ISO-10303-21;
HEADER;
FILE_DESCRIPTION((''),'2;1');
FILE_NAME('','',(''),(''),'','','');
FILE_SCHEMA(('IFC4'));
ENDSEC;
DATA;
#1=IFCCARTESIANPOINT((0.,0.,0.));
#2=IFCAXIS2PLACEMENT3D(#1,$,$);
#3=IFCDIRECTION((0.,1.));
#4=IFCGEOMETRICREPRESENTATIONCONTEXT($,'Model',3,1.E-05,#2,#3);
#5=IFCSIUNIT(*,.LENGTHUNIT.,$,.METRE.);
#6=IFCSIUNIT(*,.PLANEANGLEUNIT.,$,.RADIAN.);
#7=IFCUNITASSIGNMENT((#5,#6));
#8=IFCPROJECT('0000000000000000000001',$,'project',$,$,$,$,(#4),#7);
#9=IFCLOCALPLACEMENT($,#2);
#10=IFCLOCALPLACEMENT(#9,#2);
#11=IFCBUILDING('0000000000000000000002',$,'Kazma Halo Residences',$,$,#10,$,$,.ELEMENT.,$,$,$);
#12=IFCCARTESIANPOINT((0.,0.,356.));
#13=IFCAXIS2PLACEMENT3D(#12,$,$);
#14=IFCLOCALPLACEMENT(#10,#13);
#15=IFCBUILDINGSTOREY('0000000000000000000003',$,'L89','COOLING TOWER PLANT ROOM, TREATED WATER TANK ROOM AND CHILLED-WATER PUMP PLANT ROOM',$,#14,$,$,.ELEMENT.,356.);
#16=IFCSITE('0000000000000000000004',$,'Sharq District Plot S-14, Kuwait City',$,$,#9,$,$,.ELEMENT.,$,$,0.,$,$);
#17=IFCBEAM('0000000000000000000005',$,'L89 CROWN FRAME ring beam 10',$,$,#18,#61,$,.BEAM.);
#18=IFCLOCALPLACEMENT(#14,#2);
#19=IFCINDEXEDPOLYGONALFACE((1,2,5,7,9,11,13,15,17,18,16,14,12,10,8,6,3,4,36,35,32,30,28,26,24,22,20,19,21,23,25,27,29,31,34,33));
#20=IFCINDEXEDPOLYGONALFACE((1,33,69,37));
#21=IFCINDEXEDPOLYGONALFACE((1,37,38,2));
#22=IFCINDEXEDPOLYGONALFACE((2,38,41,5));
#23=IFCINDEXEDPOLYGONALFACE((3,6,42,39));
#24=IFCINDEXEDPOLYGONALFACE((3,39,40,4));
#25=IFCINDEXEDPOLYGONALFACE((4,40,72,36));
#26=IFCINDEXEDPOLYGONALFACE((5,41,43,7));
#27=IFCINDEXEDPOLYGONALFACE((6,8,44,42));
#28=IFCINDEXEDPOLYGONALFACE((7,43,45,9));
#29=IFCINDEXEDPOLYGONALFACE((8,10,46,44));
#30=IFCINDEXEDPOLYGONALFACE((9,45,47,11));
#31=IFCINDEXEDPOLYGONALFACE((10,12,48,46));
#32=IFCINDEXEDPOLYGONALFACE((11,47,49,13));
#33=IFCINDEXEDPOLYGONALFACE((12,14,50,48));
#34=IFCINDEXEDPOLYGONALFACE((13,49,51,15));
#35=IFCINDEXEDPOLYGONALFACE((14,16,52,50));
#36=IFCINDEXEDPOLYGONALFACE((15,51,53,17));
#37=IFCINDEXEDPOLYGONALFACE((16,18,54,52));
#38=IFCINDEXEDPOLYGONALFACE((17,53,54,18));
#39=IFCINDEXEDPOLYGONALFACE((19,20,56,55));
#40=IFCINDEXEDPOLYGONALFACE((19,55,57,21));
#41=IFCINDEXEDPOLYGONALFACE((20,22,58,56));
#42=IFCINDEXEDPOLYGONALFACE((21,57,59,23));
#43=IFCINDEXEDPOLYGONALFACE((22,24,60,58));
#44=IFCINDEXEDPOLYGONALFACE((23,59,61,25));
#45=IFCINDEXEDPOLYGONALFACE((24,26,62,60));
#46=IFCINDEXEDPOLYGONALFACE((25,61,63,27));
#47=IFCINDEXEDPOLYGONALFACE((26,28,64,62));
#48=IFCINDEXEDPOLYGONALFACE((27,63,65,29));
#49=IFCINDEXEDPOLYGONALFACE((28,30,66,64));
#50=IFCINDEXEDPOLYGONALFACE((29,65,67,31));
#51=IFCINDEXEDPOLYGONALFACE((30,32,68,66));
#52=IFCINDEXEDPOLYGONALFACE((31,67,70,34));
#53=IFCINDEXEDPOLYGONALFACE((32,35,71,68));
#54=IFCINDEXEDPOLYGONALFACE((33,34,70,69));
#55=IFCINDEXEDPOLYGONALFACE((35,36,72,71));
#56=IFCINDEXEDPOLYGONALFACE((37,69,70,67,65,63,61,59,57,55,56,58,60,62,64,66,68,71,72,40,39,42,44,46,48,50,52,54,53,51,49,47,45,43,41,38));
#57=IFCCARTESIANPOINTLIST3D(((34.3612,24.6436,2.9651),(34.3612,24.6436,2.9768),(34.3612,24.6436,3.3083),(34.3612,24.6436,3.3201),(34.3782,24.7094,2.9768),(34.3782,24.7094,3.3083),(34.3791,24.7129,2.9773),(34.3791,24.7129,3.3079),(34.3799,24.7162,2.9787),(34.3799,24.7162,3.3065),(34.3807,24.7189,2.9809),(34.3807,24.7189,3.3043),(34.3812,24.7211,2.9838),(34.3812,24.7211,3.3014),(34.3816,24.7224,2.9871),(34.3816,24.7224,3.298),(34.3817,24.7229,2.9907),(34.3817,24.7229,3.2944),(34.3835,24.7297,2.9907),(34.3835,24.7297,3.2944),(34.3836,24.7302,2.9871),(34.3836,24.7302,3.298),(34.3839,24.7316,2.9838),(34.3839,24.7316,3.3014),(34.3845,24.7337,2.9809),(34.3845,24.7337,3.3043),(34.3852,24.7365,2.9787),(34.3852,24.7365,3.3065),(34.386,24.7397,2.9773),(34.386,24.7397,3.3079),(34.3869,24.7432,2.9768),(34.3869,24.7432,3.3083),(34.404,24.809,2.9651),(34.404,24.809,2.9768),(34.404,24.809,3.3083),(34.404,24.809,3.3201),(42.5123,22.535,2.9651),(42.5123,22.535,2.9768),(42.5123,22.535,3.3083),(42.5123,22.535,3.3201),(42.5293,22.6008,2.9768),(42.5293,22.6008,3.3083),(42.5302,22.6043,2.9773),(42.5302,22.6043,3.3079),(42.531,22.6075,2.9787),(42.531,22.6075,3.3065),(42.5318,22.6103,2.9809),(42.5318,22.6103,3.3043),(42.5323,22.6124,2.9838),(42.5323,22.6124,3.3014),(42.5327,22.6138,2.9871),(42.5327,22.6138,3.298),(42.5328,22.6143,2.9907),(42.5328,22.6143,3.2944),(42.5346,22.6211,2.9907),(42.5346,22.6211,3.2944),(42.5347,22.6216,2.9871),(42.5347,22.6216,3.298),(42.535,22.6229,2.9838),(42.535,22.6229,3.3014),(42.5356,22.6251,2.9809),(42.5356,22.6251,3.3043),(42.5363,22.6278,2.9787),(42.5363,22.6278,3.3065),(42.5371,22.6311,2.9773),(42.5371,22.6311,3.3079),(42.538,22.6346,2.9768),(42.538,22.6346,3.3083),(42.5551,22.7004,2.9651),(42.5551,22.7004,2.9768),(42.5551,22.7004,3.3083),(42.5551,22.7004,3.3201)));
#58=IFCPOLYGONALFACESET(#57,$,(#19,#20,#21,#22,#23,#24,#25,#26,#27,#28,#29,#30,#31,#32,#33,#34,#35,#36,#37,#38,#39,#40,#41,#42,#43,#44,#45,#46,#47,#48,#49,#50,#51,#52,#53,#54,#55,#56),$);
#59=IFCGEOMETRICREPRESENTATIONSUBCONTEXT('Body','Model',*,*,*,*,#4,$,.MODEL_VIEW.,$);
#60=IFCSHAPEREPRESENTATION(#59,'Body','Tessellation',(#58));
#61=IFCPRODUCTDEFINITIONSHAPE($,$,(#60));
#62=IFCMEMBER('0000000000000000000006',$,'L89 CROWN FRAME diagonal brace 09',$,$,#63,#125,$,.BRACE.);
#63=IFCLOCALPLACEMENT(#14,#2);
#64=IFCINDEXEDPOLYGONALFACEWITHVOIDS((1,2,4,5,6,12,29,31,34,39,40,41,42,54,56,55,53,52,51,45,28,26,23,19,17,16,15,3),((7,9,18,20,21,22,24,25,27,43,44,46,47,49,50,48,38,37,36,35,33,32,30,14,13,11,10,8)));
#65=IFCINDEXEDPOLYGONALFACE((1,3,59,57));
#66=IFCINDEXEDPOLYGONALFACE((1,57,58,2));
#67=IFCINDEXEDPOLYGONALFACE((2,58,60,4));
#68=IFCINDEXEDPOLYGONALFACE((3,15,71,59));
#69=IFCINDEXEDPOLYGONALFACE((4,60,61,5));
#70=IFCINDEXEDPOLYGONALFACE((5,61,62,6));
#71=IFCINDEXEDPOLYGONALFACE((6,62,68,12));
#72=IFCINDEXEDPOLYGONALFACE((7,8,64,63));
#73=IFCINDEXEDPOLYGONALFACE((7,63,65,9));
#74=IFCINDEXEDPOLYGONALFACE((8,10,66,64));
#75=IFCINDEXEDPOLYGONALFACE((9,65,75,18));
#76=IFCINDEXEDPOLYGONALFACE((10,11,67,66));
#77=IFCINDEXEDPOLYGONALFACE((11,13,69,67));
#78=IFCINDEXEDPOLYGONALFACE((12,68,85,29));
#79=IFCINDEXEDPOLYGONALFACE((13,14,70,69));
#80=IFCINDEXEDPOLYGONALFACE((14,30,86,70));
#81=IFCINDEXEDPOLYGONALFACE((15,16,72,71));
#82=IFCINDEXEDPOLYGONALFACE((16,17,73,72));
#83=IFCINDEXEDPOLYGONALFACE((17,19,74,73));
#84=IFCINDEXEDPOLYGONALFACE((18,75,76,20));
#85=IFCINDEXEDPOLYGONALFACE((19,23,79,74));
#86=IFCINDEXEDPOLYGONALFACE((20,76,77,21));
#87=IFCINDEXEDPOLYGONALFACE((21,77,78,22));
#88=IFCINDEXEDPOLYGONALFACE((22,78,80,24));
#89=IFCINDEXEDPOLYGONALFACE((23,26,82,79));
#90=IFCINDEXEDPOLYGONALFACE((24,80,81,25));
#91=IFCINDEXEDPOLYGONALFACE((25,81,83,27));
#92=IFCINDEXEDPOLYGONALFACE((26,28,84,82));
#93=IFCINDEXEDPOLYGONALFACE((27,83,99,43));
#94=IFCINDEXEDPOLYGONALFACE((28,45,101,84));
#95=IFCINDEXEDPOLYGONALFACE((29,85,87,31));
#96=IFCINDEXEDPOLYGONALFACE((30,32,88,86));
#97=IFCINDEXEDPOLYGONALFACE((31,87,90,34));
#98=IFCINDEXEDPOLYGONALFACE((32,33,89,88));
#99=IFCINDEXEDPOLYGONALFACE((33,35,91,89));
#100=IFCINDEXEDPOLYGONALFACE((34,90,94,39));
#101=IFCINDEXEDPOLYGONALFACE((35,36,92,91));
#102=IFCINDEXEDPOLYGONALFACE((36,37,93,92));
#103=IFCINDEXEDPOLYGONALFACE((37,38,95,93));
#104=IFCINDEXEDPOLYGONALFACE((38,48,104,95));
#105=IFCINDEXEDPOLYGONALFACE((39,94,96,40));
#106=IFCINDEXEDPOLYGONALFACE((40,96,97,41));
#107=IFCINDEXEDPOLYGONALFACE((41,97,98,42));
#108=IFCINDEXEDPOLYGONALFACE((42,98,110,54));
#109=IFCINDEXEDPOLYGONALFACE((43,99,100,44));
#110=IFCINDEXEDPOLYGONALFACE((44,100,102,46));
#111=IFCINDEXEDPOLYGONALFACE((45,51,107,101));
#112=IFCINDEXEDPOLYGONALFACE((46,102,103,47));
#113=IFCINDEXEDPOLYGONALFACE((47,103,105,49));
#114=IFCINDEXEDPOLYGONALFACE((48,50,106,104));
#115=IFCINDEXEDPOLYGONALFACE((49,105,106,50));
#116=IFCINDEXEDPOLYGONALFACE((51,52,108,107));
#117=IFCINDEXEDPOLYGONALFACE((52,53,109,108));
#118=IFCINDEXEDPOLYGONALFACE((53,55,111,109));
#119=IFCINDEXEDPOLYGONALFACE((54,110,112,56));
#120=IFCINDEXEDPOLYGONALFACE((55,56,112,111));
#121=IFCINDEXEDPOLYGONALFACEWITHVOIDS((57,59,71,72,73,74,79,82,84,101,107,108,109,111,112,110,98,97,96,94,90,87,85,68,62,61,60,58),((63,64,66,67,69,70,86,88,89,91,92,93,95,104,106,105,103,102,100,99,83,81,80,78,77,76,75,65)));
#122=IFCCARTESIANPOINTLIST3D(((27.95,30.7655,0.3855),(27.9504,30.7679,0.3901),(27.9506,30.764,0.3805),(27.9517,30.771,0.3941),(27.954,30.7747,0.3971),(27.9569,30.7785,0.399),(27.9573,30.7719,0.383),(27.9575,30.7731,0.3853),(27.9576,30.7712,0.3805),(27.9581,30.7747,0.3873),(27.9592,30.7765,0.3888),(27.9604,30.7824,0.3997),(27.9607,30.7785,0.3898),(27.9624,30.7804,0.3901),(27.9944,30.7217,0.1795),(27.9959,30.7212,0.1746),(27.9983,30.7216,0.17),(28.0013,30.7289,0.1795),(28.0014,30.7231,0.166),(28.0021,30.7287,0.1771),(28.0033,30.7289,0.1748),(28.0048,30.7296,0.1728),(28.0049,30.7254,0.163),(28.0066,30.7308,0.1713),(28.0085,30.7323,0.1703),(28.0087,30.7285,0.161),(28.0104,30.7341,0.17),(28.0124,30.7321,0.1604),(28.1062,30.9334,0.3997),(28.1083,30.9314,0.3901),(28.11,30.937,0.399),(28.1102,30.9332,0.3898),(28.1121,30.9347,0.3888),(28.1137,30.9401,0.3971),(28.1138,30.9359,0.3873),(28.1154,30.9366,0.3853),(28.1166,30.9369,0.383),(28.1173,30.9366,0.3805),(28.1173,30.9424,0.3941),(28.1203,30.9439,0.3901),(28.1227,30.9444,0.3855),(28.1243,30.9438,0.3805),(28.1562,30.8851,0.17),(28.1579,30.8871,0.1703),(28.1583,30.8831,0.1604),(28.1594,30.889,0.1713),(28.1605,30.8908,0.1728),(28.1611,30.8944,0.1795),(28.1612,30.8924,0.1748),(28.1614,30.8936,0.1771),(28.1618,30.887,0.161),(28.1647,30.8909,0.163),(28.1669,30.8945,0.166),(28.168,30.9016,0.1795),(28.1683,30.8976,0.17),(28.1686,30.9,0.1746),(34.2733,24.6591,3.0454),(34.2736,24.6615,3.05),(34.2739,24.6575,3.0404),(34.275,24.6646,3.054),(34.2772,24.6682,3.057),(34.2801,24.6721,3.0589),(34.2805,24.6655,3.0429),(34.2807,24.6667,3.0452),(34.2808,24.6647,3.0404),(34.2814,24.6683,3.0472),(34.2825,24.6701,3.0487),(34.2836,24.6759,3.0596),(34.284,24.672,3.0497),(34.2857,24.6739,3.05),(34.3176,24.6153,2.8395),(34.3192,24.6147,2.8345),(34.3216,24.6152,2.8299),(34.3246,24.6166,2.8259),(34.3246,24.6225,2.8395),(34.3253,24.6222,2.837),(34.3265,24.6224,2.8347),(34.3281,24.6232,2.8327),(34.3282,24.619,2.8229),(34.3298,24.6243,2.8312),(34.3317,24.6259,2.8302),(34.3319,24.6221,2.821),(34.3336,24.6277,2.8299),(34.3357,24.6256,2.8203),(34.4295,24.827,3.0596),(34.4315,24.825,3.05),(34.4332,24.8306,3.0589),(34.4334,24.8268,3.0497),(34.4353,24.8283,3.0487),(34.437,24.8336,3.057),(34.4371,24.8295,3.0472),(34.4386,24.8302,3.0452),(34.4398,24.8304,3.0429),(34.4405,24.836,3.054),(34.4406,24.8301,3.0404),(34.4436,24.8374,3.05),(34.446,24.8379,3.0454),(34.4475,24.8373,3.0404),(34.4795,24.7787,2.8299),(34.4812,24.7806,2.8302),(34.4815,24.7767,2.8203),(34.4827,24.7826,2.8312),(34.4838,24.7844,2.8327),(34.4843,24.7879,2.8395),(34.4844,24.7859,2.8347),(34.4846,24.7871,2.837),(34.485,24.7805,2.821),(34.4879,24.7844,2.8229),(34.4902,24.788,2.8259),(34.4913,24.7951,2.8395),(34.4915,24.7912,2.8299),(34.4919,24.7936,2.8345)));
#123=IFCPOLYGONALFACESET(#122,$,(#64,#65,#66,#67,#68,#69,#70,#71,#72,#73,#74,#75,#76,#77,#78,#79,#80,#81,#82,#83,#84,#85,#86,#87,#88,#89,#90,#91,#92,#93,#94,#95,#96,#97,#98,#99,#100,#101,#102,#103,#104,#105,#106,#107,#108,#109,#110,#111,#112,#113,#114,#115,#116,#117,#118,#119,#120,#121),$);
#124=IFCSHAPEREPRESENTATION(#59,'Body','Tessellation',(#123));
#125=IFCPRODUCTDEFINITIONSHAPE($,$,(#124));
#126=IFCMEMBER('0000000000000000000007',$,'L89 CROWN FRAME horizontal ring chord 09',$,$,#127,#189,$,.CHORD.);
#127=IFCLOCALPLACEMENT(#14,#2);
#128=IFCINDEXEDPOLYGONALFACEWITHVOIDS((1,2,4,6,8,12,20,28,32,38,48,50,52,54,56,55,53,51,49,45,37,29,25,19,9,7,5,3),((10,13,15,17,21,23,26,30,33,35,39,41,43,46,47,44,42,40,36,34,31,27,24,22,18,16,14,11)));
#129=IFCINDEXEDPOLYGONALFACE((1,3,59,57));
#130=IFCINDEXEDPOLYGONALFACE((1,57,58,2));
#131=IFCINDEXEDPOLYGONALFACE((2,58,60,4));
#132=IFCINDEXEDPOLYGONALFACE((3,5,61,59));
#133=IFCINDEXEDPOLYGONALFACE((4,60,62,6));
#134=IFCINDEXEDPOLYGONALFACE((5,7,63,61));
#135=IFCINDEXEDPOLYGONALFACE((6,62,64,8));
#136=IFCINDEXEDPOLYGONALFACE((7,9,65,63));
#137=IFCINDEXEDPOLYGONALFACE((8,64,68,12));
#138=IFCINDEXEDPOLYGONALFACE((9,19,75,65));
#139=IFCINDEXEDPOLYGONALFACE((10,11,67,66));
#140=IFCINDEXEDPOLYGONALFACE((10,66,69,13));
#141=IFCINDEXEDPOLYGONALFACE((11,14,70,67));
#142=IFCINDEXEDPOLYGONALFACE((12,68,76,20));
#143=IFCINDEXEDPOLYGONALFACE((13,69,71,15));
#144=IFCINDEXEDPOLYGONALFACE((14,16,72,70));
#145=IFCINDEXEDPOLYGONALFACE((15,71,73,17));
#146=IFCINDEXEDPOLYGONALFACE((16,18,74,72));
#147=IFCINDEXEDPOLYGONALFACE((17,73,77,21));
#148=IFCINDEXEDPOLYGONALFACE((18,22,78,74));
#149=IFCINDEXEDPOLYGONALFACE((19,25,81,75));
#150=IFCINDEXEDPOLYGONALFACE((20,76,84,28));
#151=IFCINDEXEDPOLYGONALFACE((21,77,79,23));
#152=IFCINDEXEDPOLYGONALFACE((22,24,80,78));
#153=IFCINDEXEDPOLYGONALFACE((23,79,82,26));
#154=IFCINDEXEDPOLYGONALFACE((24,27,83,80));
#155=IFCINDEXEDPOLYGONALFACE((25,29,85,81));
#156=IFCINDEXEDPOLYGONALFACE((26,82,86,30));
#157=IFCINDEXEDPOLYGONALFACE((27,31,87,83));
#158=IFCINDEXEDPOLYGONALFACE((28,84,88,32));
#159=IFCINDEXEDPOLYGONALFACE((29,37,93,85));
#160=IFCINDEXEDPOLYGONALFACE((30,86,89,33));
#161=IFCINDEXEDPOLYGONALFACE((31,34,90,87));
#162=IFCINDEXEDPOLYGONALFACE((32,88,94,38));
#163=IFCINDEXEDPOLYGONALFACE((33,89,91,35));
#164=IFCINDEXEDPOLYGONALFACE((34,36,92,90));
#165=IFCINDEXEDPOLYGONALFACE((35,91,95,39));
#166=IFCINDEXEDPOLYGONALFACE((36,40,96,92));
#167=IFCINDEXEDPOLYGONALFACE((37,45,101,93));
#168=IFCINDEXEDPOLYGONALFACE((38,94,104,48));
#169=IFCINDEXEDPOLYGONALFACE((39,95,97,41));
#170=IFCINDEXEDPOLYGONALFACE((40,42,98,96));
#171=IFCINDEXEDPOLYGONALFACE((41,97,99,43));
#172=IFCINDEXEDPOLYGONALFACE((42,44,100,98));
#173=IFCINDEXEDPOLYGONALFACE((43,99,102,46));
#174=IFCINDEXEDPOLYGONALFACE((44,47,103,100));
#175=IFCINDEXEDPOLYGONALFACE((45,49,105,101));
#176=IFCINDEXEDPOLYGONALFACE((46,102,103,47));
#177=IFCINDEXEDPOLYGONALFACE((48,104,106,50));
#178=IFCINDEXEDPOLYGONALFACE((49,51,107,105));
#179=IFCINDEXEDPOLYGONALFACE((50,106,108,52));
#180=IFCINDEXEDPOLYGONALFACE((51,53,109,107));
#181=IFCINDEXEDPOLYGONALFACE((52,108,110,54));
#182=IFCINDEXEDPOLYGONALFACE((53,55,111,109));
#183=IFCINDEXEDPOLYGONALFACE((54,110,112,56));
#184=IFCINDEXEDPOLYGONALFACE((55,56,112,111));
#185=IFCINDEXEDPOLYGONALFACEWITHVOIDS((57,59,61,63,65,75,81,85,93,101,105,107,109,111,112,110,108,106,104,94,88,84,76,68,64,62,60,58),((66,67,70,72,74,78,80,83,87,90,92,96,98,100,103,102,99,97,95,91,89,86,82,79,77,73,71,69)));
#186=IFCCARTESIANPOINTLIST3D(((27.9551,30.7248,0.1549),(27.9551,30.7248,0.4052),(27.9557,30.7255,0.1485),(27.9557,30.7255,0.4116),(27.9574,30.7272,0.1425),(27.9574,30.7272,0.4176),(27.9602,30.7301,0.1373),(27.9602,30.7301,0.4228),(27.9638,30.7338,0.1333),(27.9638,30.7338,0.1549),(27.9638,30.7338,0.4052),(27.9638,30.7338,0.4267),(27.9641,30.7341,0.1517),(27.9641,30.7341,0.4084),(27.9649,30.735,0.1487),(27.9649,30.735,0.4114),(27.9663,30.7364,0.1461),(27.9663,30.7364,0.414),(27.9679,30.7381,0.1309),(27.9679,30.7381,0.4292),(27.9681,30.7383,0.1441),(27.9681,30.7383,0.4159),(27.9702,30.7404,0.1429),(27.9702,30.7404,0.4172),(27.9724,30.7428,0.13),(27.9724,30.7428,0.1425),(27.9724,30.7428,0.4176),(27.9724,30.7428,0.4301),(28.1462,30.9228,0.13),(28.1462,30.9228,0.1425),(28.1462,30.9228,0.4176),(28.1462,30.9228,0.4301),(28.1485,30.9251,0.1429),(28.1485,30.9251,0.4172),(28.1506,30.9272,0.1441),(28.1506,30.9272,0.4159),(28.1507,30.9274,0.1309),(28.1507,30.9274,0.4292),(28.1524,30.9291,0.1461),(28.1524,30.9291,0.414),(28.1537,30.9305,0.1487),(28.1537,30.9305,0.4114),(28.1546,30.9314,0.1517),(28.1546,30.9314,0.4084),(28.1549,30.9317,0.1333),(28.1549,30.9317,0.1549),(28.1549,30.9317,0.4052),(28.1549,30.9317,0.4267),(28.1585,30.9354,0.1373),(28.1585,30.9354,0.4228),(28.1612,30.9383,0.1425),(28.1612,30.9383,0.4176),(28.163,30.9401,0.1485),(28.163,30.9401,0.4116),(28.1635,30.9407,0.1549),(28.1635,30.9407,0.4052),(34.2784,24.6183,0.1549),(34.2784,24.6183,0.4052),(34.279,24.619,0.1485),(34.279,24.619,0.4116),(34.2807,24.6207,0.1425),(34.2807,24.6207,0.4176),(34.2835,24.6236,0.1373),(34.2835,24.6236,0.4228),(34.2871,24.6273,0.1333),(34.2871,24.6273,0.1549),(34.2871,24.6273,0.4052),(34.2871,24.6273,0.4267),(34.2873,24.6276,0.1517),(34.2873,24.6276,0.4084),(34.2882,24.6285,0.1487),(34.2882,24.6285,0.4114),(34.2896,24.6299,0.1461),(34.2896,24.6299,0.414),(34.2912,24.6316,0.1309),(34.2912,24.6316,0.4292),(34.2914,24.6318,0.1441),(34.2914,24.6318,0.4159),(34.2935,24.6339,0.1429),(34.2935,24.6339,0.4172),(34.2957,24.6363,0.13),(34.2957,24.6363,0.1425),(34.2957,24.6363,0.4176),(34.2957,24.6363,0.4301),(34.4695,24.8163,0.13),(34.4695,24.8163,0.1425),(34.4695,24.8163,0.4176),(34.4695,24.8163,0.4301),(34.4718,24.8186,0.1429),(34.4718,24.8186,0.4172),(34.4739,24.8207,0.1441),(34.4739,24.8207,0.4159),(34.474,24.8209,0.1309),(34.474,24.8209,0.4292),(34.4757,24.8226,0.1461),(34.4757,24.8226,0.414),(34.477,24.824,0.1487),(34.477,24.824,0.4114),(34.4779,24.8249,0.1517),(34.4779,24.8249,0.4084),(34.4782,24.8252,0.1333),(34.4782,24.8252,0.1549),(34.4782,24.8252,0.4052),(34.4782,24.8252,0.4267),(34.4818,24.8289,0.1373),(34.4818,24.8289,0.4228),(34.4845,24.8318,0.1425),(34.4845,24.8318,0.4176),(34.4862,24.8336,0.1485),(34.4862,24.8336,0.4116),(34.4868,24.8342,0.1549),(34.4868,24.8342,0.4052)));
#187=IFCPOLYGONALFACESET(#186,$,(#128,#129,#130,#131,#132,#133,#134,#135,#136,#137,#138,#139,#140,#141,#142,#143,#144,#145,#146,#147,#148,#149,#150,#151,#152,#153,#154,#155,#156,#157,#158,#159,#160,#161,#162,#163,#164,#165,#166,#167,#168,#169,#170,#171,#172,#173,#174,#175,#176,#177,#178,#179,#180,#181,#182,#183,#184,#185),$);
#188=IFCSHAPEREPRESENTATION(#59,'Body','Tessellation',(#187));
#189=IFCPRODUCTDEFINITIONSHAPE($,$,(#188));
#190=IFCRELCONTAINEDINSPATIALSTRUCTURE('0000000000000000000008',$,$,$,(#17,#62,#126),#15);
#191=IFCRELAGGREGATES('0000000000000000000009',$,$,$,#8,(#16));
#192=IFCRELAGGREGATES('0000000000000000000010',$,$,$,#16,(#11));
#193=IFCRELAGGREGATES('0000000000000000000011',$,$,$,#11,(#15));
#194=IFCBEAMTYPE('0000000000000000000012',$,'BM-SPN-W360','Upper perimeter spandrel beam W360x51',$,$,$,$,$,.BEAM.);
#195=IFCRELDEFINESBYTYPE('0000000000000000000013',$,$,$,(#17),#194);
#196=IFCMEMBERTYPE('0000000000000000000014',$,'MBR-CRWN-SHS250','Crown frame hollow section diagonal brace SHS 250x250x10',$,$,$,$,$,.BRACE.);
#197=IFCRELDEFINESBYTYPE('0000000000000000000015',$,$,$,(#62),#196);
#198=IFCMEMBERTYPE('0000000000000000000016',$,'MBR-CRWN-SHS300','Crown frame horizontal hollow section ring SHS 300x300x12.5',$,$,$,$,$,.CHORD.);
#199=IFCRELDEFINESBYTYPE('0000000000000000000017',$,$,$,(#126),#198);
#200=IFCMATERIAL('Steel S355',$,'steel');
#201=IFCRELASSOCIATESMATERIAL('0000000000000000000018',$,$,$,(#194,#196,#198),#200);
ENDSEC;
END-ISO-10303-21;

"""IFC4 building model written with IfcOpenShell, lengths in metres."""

from ifc_helpers import new_model, si_unit, direction, frame, origin, origin_2d, place, context, subcontext, project, spatial, hollow_rectangle, i_section, extrude, material, material_profile, profile_set, type_object, element, save


model = new_model("IFC4")

# Units and contexts
model_context = context("Model", 3, precision=1e-05, world=origin(), true_north=direction((0.0, 1.0)))
body_context = subcontext(model_context, "Body", "Model", "MODEL_VIEW")
ifc_project = project(units=[si_unit("LENGTHUNIT", "METRE"), si_unit("PLANEANGLEUNIT", "RADIAN")], contexts=[model_context])

# Site, building, storey
site_placement = place(None, origin())
site = spatial("IfcSite", under=ifc_project, at=site_placement, Name="Sharq District Plot S-14, Kuwait City", CompositionType="ELEMENT", RefElevation=0.0)
building_placement = place(site_placement, origin())
building = spatial("IfcBuilding", under=site, at=building_placement, Name="Kazma Halo Residences", CompositionType="ELEMENT")
storey_placement = place(building_placement, frame((0.0, 0.0, 356.0)))
storey = spatial("IfcBuildingStorey", under=building, at=storey_placement, Name="L89", Description="COOLING TOWER PLANT ROOM, TREATED WATER TANK ROOM AND CHILLED-WATER PUMP PLANT ROOM", CompositionType="ELEMENT", Elevation=356.0)

# Shared definitions
ifc_material_1 = material(Name="Steel S355", Category="steel")

# Beam
ifc_material_profile_1 = material_profile(ifc_material_1, i_section(OverallWidth=0.1709, OverallDepth=0.355, WebThickness=0.0071, FlangeThickness=0.0117, FilletRadius=0.0139, at=origin_2d()), Name="W360x51")
ifc_profile_set_1 = profile_set([ifc_material_profile_1], Name="Steel S355")
beam_type_1 = type_object("IfcBeamType", Name="BM-SPN-W360", Description="Upper perimeter spandrel beam W360x51", PredefinedType="BEAM", material=ifc_profile_set_1)
beam_1_placement = place(storey_placement, frame((34.3826, 24.7263, 3.1426), z_axis=(0.96813, -0.250449, 0.0), x_axis=(0.250449, 0.96813, 0.0)))
element("IfcBeam", 1, at=beam_1_placement, inside=storey, type_object=beam_type_1, Name="L89 CROWN FRAME ring beam 10", PredefinedType="BEAM", context=body_context, shape_type="SweptSolid", body=[
    extrude(i_section(OverallWidth=0.1709, OverallDepth=0.355, WebThickness=0.0071, FlangeThickness=0.0117, FilletRadius=0.0139, at=origin_2d()), origin(), (0.0, 0.0, 1.0), 8.4194),
])

# Members
ifc_material_profile_2 = material_profile(ifc_material_1, hollow_rectangle(XDim=0.25, YDim=0.25, WallThickness=0.01, InnerFilletRadius=0.01, OuterFilletRadius=0.02, at=origin_2d()), Name="SHS250x250x10")
ifc_profile_set_2 = profile_set([ifc_material_profile_2], Name="Steel S355")
member_type_1 = type_object("IfcMemberType", Name="MBR-CRWN-SHS250", Description="Crown frame hollow section diagonal brace SHS 250x250x10", PredefinedType="BRACE", material=ifc_profile_set_2)
member_1_placement = place(storey_placement, frame((28.0593, 30.8328, 0.28), z_axis=(0.688501, -0.664895, 0.289622), x_axis=(0.694668, 0.719331, 0.0)))
element("IfcMember", 2, at=member_1_placement, inside=storey, type_object=member_type_1, Name="L89 CROWN FRAME diagonal brace 09", PredefinedType="BRACE", context=body_context, shape_type="SweptSolid", body=[
    extrude(hollow_rectangle(XDim=0.25, YDim=0.25, WallThickness=0.01, InnerFilletRadius=0.01, OuterFilletRadius=0.02, at=origin_2d()), origin(), (0.0, 0.0, 1.0), 9.1841),
])
ifc_material_profile_3 = material_profile(ifc_material_1, hollow_rectangle(XDim=0.3, YDim=0.3, WallThickness=0.0125, InnerFilletRadius=0.0125, OuterFilletRadius=0.0249, at=origin_2d()), Name="SHS300x300x12.5")
ifc_profile_set_3 = profile_set([ifc_material_profile_3], Name="Steel S355")
member_type_2 = type_object("IfcMemberType", Name="MBR-CRWN-SHS300", Description="Crown frame horizontal hollow section ring SHS 300x300x12.5", PredefinedType="CHORD", material=ifc_profile_set_3)
member_2_placement = place(storey_placement, frame((28.0593, 30.8328, 0.28), z_axis=(0.719331, -0.694668, 0.0), x_axis=(0.694668, 0.719331, 0.0)))
element("IfcMember", 3, at=member_2_placement, inside=storey, type_object=member_type_2, Name="L89 CROWN FRAME horizontal ring chord 09", PredefinedType="CHORD", context=body_context, shape_type="SweptSolid", body=[
    extrude(hollow_rectangle(XDim=0.3, YDim=0.3, WallThickness=0.0125, InnerFilletRadius=0.0125, OuterFilletRadius=0.0249, at=origin_2d()), origin(), (0.0, 0.0, 1.0), 8.7905),
])

save(model, "model.ifc")
